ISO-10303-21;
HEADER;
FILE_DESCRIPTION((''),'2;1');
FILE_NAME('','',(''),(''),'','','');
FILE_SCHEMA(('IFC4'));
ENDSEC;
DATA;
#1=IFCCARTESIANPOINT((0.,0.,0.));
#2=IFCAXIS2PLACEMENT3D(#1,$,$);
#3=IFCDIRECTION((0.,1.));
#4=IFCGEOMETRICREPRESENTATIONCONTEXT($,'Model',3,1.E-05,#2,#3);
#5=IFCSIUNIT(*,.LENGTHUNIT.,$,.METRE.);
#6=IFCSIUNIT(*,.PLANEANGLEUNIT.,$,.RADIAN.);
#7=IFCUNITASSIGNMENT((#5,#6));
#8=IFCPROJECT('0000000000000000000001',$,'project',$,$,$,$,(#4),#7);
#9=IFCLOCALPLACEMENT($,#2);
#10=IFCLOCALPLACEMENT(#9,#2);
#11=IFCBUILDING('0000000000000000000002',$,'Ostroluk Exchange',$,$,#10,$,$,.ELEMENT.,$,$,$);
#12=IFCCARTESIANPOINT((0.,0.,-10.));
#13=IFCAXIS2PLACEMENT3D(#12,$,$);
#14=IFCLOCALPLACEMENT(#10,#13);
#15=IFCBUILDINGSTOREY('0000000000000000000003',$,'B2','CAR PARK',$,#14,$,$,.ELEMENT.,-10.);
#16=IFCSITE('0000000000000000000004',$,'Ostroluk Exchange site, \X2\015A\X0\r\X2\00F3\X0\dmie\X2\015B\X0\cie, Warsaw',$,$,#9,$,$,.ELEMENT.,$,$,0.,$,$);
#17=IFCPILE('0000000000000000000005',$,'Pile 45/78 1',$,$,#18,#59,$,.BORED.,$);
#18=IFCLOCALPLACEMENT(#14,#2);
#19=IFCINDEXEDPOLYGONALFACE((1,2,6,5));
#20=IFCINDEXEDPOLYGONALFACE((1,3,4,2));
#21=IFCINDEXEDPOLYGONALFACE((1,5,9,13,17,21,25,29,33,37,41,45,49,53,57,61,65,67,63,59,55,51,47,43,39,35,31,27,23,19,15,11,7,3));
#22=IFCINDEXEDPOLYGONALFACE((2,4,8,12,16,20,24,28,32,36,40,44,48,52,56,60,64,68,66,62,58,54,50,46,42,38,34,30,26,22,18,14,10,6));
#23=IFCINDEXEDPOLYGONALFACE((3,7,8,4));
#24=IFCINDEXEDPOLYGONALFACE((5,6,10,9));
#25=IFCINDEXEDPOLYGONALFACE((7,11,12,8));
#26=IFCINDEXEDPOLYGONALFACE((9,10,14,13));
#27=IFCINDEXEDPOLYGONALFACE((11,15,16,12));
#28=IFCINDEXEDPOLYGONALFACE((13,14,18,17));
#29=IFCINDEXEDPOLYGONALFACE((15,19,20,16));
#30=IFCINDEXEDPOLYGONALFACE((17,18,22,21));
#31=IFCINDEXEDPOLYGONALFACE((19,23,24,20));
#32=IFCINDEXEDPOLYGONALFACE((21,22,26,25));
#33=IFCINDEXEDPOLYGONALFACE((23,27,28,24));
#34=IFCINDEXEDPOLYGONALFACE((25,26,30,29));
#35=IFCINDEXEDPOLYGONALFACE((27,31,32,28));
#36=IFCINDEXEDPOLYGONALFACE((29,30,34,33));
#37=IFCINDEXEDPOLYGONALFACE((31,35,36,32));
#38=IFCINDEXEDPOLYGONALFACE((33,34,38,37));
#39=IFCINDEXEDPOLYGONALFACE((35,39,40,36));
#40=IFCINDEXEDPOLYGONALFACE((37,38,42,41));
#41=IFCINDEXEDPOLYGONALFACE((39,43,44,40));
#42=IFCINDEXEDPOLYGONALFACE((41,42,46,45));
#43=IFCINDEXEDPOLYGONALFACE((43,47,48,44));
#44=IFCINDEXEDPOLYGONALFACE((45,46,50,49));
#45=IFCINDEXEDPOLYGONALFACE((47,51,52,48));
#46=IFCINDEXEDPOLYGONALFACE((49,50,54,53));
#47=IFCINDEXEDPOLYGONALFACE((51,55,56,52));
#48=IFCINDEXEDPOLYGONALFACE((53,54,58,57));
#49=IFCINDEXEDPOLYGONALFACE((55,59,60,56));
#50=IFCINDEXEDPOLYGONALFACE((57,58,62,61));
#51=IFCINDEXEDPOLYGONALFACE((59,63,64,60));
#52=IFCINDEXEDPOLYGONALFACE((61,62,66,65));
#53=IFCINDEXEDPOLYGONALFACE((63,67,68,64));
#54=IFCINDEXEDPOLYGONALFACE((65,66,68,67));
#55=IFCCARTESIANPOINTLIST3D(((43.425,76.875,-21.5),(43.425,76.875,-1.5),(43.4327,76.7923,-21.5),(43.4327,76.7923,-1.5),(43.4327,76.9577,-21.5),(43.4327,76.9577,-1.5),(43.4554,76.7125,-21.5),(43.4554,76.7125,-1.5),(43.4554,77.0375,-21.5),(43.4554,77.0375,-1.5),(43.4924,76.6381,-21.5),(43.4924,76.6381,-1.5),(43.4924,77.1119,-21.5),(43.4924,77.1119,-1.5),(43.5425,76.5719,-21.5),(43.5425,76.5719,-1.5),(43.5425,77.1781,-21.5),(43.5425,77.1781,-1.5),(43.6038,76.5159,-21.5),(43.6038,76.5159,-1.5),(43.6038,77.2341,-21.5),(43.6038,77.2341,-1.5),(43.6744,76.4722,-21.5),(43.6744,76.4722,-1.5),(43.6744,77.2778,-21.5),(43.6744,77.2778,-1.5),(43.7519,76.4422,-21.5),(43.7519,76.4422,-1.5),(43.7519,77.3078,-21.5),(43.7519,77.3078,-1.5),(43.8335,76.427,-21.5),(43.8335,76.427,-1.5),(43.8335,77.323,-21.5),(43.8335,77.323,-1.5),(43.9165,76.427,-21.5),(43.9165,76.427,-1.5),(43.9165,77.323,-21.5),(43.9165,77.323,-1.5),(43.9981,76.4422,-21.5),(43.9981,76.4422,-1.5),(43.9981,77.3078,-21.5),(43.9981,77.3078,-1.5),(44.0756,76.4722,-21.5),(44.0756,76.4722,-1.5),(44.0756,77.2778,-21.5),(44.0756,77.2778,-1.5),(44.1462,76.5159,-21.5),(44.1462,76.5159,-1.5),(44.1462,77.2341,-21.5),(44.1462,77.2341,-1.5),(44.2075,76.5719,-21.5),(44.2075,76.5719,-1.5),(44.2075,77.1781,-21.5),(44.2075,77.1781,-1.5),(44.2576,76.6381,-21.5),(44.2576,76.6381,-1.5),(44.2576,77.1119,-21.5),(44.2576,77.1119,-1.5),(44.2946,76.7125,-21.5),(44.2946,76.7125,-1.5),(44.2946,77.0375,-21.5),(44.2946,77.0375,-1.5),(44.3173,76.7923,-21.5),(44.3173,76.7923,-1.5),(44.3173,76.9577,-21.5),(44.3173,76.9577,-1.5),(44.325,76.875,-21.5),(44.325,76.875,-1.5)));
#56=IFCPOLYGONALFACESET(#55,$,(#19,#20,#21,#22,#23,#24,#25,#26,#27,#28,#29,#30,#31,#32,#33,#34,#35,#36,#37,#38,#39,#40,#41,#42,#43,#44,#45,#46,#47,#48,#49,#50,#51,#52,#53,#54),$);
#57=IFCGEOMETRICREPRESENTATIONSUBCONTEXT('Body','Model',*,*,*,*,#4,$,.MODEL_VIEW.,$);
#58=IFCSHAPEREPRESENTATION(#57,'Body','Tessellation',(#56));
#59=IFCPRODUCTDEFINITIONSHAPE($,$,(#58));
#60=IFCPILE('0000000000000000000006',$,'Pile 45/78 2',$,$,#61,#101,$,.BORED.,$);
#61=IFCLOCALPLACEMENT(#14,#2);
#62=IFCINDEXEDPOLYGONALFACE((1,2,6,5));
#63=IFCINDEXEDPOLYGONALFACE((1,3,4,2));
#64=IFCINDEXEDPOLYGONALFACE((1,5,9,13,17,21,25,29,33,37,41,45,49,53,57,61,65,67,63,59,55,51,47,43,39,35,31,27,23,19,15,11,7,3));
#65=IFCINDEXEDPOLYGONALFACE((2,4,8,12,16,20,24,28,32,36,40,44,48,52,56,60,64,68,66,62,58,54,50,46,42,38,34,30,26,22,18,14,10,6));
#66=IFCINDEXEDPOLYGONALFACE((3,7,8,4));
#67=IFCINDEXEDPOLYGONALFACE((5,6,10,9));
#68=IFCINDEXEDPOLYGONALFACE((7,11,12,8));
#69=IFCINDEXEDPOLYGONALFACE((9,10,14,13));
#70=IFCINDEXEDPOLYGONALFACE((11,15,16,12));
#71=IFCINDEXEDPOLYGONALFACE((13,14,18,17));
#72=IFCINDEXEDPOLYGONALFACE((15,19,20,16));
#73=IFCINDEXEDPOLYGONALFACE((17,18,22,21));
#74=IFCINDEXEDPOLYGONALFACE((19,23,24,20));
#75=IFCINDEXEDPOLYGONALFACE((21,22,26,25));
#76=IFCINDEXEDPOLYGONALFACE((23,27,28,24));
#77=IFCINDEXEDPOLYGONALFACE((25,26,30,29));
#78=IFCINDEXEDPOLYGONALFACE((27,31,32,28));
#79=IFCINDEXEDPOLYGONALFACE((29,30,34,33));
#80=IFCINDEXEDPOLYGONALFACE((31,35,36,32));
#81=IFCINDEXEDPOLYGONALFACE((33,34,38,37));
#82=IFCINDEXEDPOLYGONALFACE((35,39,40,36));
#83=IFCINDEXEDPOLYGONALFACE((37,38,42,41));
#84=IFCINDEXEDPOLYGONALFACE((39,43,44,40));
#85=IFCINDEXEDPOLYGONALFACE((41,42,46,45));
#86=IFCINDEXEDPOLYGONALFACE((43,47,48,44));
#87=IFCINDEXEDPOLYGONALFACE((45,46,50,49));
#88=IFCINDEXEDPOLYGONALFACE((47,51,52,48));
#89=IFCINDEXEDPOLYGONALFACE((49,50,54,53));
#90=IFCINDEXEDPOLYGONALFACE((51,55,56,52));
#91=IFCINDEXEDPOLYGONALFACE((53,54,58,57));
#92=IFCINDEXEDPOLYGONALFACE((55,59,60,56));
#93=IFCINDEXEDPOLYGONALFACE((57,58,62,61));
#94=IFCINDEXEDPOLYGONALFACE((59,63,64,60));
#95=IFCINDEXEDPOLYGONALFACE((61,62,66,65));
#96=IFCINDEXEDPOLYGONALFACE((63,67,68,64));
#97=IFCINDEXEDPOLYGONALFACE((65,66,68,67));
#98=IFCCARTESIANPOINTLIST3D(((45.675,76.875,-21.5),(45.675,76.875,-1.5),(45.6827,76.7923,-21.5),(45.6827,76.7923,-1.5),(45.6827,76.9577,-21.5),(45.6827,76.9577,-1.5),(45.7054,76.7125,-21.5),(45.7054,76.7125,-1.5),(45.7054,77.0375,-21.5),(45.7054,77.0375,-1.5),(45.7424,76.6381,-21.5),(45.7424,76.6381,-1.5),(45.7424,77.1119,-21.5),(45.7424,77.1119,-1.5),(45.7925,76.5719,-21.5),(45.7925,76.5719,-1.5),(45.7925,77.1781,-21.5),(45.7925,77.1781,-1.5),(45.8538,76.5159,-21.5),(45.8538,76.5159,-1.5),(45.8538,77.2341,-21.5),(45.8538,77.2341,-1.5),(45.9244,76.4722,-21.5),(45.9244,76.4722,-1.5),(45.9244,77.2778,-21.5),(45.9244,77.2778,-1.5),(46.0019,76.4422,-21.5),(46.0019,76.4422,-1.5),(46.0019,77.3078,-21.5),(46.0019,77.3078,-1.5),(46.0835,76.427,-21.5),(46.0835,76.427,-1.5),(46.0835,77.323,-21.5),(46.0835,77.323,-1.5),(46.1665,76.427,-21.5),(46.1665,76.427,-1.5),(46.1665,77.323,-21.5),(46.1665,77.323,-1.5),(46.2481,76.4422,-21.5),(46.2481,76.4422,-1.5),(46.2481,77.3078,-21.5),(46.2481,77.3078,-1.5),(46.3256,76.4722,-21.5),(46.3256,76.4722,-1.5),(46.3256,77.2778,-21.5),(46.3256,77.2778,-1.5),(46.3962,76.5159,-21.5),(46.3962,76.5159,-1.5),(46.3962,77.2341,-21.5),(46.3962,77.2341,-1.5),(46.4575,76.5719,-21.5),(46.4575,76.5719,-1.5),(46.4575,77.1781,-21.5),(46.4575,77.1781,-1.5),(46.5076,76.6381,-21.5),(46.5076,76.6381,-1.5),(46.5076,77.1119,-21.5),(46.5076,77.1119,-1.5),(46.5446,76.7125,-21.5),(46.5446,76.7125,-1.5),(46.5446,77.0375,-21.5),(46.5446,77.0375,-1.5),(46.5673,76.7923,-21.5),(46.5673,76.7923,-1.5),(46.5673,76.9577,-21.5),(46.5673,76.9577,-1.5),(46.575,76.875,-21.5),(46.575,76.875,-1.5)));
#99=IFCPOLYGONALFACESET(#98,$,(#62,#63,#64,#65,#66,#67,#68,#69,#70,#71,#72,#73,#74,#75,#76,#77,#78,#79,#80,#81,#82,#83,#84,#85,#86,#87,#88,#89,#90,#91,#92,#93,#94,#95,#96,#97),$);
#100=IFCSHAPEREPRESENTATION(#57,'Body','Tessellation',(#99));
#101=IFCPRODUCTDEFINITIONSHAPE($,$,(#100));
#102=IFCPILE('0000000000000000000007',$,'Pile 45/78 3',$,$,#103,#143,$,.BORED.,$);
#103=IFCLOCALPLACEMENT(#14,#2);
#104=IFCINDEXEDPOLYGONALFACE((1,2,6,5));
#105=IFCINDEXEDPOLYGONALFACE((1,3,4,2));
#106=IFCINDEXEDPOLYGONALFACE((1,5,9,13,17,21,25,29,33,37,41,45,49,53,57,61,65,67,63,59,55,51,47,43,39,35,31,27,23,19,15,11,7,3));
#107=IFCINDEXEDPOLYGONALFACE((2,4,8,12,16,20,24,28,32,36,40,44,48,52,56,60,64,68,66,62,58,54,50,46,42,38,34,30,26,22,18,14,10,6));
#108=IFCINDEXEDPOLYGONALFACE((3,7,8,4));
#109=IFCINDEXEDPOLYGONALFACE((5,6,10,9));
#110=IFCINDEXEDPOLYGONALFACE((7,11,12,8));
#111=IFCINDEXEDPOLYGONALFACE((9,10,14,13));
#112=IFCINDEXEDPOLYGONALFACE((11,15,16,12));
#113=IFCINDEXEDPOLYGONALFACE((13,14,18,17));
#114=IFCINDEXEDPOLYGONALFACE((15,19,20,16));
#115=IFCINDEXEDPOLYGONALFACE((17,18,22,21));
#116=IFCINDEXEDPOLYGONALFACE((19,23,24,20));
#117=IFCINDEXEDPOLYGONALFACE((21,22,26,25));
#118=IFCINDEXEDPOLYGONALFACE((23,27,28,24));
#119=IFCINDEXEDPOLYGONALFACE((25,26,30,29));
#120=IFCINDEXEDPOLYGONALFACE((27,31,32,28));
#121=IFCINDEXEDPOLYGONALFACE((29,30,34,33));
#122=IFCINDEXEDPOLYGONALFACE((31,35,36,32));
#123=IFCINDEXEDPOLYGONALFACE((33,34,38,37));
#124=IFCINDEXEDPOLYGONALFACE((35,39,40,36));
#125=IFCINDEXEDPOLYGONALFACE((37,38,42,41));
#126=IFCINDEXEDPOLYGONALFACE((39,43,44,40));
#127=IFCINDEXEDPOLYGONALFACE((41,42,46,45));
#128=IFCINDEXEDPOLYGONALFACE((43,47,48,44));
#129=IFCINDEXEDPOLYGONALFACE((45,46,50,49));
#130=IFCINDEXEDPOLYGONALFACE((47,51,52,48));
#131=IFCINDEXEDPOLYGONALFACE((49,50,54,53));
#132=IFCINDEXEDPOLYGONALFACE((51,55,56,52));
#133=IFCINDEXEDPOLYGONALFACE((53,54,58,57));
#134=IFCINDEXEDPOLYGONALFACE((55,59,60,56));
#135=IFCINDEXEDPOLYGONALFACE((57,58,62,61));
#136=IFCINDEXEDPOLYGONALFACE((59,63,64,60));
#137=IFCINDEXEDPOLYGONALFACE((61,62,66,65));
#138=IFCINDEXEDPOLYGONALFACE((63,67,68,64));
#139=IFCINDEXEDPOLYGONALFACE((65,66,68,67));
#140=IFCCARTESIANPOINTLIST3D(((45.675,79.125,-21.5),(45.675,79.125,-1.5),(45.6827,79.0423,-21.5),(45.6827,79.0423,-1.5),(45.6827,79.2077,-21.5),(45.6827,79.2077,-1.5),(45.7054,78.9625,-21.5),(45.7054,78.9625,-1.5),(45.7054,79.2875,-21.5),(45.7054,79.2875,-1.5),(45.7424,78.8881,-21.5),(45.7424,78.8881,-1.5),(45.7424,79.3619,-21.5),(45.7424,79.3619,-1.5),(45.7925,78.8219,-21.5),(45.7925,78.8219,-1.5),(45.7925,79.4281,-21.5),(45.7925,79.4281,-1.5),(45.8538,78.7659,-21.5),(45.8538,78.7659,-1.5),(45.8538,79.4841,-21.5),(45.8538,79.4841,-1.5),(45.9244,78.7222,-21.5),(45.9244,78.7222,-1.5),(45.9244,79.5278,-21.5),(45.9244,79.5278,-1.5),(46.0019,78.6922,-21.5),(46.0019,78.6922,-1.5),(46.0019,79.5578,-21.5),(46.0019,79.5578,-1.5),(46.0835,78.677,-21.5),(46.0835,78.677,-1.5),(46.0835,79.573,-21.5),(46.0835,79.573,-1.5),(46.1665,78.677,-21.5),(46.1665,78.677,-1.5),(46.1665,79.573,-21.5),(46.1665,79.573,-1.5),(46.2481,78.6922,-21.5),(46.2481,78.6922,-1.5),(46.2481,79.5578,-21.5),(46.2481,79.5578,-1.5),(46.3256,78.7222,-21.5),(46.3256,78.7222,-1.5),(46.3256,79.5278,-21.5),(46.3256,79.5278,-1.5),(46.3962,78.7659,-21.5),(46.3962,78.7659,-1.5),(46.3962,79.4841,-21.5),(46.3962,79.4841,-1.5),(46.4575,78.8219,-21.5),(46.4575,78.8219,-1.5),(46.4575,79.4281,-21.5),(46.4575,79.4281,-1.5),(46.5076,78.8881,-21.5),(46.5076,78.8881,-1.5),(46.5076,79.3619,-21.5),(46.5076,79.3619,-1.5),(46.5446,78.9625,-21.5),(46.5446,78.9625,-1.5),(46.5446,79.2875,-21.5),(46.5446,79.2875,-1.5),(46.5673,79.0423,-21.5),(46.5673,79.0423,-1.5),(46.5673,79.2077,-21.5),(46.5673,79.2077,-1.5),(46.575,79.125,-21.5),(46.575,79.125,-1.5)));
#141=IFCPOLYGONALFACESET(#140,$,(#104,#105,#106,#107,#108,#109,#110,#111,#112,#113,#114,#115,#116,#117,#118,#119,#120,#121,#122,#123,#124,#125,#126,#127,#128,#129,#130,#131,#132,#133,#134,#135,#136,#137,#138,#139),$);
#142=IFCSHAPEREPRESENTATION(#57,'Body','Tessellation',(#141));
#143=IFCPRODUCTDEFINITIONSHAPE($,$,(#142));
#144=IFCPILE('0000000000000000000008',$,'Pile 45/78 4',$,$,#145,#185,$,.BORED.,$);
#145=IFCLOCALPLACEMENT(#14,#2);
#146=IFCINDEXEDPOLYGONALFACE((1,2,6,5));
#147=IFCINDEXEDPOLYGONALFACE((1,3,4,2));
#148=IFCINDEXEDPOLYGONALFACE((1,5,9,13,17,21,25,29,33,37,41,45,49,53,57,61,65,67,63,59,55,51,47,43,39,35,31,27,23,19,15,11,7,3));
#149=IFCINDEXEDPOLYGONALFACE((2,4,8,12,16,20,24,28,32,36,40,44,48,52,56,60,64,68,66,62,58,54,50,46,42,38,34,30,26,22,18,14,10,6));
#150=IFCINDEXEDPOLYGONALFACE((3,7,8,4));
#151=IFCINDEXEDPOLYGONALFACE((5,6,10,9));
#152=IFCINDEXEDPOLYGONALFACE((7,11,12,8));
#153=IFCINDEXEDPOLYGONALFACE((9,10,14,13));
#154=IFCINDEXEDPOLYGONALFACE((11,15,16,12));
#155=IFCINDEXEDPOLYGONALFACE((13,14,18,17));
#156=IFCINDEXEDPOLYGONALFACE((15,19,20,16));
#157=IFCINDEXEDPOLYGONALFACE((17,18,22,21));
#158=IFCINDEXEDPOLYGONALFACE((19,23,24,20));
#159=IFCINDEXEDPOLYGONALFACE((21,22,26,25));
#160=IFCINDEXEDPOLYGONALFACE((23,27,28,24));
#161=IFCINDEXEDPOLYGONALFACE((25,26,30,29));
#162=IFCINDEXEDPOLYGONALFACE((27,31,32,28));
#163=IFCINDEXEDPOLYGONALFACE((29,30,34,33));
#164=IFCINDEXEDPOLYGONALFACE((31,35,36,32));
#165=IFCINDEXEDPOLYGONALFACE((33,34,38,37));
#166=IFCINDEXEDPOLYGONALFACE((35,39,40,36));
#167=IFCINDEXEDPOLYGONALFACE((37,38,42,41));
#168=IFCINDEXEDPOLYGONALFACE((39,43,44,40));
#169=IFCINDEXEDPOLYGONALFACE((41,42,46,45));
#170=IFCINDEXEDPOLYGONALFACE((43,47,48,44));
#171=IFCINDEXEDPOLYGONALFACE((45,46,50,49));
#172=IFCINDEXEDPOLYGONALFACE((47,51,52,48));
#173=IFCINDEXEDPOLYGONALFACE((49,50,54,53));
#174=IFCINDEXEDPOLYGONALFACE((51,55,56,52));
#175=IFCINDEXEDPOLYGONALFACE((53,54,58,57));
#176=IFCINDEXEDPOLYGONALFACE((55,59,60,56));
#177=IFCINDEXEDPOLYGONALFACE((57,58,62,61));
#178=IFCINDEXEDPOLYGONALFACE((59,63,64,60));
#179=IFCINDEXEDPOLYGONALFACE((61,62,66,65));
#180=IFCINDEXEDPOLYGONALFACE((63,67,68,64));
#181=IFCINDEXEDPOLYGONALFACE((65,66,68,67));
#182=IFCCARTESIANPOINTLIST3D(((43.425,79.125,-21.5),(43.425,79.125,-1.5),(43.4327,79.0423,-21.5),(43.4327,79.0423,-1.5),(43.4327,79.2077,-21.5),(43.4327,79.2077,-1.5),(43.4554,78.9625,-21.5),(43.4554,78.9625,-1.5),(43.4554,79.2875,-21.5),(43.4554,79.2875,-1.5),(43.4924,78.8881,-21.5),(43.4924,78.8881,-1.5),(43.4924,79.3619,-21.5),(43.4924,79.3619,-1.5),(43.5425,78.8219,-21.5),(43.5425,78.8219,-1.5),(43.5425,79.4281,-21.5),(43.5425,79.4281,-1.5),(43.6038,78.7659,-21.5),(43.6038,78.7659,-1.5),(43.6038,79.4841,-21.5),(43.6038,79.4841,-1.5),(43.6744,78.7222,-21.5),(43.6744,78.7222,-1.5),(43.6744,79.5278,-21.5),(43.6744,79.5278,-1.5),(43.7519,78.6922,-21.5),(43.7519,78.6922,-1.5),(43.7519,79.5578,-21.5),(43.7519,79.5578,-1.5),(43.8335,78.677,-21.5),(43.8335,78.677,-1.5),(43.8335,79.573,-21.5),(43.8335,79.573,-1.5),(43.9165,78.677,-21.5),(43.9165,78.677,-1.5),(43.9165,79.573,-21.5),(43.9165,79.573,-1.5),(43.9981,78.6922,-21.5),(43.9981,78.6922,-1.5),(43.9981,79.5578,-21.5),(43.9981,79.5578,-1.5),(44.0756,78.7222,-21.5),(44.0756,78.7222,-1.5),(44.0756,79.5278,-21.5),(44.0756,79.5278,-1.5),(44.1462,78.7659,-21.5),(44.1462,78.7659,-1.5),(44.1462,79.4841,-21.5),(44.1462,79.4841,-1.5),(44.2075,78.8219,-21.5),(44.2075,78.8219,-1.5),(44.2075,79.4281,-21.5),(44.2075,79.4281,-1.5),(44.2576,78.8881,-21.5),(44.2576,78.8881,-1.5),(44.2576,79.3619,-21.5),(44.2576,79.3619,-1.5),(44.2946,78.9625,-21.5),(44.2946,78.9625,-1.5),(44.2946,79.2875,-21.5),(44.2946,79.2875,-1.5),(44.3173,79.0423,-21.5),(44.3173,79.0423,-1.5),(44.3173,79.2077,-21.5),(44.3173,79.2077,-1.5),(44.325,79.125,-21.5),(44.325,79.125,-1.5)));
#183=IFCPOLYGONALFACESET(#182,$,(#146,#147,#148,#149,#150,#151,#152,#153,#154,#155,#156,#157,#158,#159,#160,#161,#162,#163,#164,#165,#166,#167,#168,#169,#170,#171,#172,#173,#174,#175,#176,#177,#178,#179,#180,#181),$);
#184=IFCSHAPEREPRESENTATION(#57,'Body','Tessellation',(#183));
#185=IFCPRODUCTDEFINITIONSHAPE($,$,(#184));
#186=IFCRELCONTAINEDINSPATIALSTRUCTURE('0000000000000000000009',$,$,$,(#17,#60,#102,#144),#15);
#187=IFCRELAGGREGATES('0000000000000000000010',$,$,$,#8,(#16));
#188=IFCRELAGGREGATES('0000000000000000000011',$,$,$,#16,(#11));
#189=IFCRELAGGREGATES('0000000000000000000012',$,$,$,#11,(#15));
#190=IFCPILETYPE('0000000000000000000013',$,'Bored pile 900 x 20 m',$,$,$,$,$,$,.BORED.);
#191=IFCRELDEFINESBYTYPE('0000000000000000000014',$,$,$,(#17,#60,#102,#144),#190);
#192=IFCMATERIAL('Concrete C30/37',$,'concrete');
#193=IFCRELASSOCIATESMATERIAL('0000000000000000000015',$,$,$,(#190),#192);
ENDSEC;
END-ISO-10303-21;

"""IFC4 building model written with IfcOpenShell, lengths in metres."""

from ifc_helpers import new_model, si_unit, direction, frame, origin, origin_2d, place, context, subcontext, project, spatial, circle, extrude, material, type_object, element, save


model = new_model("IFC4")

# Units and contexts
model_context = context("Model", 3, precision=1e-05, world=origin(), true_north=direction((0.0, 1.0)))
body_context = subcontext(model_context, "Body", "Model", "MODEL_VIEW")
ifc_project = project(units=[si_unit("LENGTHUNIT", "METRE"), si_unit("PLANEANGLEUNIT", "RADIAN")], contexts=[model_context])

# Site, building, storey
site_placement = place(None, origin())
site = spatial("IfcSite", under=ifc_project, at=site_placement, Name="Ostroluk Exchange site, Śródmieście, Warsaw", CompositionType="ELEMENT", RefElevation=0.0)
building_placement = place(site_placement, origin())
building = spatial("IfcBuilding", under=site, at=building_placement, Name="Ostroluk Exchange", CompositionType="ELEMENT")
storey_placement = place(building_placement, frame((0.0, 0.0, -10.0)))
storey = spatial("IfcBuildingStorey", under=building, at=storey_placement, Name="B2", Description="CAR PARK", CompositionType="ELEMENT", Elevation=-10.0)

# Piles
ifc_material_1 = material(Name="Concrete C30/37", Category="concrete")
pile_type_1 = type_object("IfcPileType", Name="Bored pile 900 x 20 m", PredefinedType="BORED", material=ifc_material_1)
for number, where, z_axis, x_axis, name in (
    (1, (43.875, 76.875, -1.5), (0.0, 0.0, -1.0), (1.0, 0.0, 0.0), "Pile 45/78 1"),
    (2, (46.125, 76.875, -1.5), (0.0, 0.0, -1.0), (1.0, 0.0, 0.0), "Pile 45/78 2"),
    (3, (46.125, 79.125, -1.5), (0.0, 0.0, -1.0), (1.0, 0.0, 0.0), "Pile 45/78 3"),
    (4, (43.875, 79.125, -1.5), (0.0, 0.0, -1.0), (1.0, 0.0, 0.0), "Pile 45/78 4"),
):
    element("IfcPile", number, at=place(storey_placement, frame(where, z_axis=z_axis, x_axis=x_axis)), inside=storey, type_object=pile_type_1, Name=name, PredefinedType="BORED", context=body_context, shape_type="SweptSolid", body=[
        extrude(circle(Radius=0.45, at=origin_2d()), origin(), (0.0, 0.0, 1.0), 20.0),
    ])

save(model, "model.ifc")
